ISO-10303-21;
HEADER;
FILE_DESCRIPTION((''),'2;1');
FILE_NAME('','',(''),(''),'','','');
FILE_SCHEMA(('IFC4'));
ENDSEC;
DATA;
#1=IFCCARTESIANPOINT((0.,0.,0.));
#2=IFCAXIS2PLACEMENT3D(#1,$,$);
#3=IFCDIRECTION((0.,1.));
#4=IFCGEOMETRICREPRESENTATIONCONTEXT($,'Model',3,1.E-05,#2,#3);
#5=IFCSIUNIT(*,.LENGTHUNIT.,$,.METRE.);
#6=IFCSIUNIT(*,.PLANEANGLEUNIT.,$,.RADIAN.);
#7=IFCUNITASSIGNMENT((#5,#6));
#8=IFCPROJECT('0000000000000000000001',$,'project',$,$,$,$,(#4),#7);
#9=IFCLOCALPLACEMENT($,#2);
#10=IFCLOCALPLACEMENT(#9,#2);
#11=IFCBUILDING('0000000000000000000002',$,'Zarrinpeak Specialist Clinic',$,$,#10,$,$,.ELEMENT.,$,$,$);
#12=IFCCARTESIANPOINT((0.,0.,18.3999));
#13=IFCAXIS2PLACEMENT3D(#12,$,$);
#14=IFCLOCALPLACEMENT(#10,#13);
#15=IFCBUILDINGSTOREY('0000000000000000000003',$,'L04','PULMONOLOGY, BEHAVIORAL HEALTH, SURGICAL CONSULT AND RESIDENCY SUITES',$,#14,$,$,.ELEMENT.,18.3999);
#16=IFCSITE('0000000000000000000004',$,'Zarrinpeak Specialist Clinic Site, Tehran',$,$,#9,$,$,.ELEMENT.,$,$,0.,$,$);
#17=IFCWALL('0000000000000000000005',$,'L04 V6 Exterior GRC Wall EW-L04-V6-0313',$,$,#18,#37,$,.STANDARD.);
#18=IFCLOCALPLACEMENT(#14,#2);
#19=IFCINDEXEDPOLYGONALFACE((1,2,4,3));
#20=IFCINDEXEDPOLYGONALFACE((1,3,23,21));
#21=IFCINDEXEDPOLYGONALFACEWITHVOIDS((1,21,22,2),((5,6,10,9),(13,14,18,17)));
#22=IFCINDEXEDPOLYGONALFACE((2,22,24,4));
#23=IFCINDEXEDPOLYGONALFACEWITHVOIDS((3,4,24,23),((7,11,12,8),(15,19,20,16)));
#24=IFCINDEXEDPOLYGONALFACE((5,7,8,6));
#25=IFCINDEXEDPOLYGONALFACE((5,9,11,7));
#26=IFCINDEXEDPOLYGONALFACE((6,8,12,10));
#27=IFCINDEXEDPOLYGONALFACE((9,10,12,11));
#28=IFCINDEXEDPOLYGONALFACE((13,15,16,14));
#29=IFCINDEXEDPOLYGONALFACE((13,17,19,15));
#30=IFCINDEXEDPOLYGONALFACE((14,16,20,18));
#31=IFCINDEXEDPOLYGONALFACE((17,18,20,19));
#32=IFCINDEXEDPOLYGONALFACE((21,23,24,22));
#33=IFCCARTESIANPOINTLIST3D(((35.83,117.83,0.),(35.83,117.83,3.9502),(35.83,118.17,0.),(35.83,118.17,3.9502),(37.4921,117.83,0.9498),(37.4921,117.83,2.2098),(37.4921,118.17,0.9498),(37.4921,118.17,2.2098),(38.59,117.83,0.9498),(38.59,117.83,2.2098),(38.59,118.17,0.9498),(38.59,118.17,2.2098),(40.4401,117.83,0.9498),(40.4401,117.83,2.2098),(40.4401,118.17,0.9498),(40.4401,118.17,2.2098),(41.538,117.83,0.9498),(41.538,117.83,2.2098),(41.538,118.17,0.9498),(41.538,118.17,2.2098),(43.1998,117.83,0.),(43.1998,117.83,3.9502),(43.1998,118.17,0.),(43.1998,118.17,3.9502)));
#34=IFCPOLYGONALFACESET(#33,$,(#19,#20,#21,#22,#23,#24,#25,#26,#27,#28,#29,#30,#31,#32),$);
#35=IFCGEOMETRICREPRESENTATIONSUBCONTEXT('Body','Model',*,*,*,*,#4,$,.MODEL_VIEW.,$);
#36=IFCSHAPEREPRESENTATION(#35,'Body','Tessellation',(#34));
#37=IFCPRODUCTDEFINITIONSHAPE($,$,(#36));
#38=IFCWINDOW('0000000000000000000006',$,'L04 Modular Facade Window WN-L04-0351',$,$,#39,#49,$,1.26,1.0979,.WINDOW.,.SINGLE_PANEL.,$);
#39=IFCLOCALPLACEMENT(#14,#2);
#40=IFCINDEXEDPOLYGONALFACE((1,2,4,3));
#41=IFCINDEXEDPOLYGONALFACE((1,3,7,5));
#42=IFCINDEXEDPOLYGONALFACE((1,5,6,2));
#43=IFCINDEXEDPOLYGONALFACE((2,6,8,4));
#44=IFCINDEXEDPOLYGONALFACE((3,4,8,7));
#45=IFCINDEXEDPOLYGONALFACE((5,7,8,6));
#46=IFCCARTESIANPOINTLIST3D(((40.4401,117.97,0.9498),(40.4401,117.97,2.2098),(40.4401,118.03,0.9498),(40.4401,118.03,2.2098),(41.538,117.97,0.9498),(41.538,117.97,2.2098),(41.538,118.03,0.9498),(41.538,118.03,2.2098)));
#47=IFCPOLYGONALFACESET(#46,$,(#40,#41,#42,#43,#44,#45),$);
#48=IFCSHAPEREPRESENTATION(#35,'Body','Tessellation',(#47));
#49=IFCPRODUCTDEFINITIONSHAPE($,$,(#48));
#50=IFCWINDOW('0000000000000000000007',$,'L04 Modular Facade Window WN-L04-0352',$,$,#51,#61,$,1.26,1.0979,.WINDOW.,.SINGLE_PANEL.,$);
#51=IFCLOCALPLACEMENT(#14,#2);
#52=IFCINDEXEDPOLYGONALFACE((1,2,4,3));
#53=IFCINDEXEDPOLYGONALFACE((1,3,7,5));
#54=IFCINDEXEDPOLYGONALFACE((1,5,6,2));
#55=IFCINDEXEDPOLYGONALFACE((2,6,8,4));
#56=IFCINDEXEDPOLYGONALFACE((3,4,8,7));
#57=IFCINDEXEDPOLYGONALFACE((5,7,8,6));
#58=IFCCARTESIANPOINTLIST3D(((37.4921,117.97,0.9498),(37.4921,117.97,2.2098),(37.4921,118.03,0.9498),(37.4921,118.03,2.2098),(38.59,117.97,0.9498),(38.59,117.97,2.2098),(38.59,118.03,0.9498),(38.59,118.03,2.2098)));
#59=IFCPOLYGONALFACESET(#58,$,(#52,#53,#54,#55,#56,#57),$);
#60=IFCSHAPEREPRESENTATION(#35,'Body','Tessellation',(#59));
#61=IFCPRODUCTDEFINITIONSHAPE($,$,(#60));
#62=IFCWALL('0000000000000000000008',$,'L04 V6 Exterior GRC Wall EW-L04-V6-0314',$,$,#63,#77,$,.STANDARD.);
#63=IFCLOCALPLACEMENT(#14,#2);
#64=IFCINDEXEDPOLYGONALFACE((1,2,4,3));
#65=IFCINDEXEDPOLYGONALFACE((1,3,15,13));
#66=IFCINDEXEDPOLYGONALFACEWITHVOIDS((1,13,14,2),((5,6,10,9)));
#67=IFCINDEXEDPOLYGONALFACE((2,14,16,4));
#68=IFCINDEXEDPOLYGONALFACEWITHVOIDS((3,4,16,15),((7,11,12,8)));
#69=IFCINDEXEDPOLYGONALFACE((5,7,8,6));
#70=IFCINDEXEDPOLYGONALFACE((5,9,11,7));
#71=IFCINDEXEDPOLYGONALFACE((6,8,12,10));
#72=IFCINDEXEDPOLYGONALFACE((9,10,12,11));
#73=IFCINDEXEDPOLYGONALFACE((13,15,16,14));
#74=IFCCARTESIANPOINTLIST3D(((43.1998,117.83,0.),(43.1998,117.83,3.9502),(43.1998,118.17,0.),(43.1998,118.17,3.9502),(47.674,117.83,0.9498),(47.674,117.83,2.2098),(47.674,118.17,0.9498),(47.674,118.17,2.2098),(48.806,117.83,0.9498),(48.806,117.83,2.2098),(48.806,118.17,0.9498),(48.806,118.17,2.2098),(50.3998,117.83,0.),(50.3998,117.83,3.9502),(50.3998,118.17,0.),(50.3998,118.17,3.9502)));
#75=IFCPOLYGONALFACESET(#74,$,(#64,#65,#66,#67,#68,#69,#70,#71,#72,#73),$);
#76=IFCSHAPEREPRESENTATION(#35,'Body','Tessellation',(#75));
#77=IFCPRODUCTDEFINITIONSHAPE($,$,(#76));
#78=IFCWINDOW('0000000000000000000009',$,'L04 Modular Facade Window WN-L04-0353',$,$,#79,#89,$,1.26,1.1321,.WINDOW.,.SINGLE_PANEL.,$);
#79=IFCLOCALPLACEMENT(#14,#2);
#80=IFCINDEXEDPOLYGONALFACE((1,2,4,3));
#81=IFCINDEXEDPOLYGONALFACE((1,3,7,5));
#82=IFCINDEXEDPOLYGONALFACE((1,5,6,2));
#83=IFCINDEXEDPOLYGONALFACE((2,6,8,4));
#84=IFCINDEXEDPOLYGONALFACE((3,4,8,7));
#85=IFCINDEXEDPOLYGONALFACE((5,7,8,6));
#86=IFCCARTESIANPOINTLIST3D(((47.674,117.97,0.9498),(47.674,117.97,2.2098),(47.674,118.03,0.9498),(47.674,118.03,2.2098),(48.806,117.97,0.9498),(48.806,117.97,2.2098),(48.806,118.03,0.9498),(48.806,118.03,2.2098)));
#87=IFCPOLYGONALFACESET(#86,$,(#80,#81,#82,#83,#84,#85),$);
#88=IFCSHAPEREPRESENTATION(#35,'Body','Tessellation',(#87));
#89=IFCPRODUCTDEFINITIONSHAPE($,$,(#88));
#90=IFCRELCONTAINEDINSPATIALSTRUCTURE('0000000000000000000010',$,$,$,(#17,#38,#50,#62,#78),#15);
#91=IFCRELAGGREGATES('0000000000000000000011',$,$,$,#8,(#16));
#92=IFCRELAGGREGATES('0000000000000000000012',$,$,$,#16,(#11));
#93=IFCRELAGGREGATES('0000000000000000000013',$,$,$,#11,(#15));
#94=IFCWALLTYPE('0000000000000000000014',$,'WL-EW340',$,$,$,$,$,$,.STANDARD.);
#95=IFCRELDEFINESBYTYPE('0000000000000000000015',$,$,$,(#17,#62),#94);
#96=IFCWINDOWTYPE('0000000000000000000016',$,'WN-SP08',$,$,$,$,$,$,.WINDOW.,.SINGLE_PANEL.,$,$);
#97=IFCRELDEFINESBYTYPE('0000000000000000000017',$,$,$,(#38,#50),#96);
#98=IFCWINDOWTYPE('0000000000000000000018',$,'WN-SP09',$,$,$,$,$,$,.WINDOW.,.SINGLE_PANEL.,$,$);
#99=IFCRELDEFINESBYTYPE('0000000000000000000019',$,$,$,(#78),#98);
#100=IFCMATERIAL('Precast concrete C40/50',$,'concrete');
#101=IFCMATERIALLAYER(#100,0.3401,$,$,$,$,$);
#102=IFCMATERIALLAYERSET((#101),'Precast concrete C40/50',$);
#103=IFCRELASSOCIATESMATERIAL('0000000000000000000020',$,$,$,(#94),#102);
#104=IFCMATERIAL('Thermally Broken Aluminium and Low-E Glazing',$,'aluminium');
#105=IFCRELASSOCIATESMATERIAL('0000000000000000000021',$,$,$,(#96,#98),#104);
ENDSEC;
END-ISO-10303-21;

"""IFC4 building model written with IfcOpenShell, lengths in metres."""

from ifc_helpers import new_model, si_unit, direction, frame, frame_2d, origin, place, context, subcontext, project, spatial, rectangle, extrude, material, layer, layer_set, type_object, element, fill, save


model = new_model("IFC4")

# Units and contexts
model_context = context("Model", 3, precision=1e-05, world=origin(), true_north=direction((0.0, 1.0)))
body_context = subcontext(model_context, "Body", "Model", "MODEL_VIEW")
ifc_project = project(units=[si_unit("LENGTHUNIT", "METRE"), si_unit("PLANEANGLEUNIT", "RADIAN")], contexts=[model_context])

# Site, building, storey
site_placement = place(None, origin())
site = spatial("IfcSite", under=ifc_project, at=site_placement, Name="Zarrinpeak Specialist Clinic Site, Tehran", CompositionType="ELEMENT", RefElevation=0.0)
building_placement = place(site_placement, origin())
building = spatial("IfcBuilding", under=site, at=building_placement, Name="Zarrinpeak Specialist Clinic", CompositionType="ELEMENT")
storey_placement = place(building_placement, frame((0.0, 0.0, 18.3999)))
storey = spatial("IfcBuildingStorey", under=building, at=storey_placement, Name="L04", Description="PULMONOLOGY, BEHAVIORAL HEALTH, SURGICAL CONSULT AND RESIDENCY SUITES", CompositionType="ELEMENT", Elevation=18.3999)

# Wall, openings, windows
ifc_material_1 = material(Name="Precast concrete C40/50", Category="concrete")
ifc_layer = layer(ifc_material_1, 0.3401)
ifc_layer_set = layer_set([ifc_layer], Name="Precast concrete C40/50")
wall_type = type_object("IfcWallType", Name="WL-EW340", PredefinedType="STANDARD", material=ifc_layer_set)
wall_1_placement = place(storey_placement, frame((43.2, 118.0, 0.0), z_axis=(0.0, 0.0, 1.0), x_axis=(-1.0, 0.0, 0.0)))
wall_1 = element("IfcWall", 1, at=wall_1_placement, inside=storey, type_object=wall_type, Name="L04 V6 Exterior GRC Wall EW-L04-V6-0313", PredefinedType="STANDARD", context=body_context, shape_type="SweptSolid", body=[
    extrude(rectangle(XDim=7.3699, YDim=0.3401, at=frame_2d((3.6851, 0.0))), origin(), (0.0, 0.0, 1.0), 3.9502),
])
opening_1_placement = place(wall_1_placement, frame((1.6621, 0.0, 0.95)))
opening_1 = element("IfcOpeningElement", 2, at=opening_1_placement, cuts=wall_1, PredefinedType="OPENING", context=body_context, shape_type="SweptSolid", body=[
    extrude(rectangle(XDim=1.0979, YDim=1.26, at=frame_2d((0.5488, 0.6299))), frame((0.0, 0.1802, 0.0), z_axis=(0.0, -1.0, 0.0), x_axis=(1.0, 0.0, 0.0)), (0.0, 0.0, 1.0), 0.3601),
])
opening_2_placement = place(wall_1_placement, frame((4.6101, 0.0, 0.95)))
opening_2 = element("IfcOpeningElement", 3, at=opening_2_placement, cuts=wall_1, PredefinedType="OPENING", context=body_context, shape_type="SweptSolid", body=[
    extrude(rectangle(XDim=1.0979, YDim=1.26, at=frame_2d((0.5488, 0.6299))), frame((0.0, 0.1802, 0.0), z_axis=(0.0, -1.0, 0.0), x_axis=(1.0, 0.0, 0.0)), (0.0, 0.0, 1.0), 0.3601),
])
ifc_material_2 = material(Name="Thermally Broken Aluminium and Low-E Glazing", Category="aluminium")
window_type_1 = type_object("IfcWindowType", Name="WN-SP08", PartitioningType="SINGLE_PANEL", PredefinedType="WINDOW", material=ifc_material_2)
window_1_placement = place(opening_1_placement, origin())
window_1 = element("IfcWindow", 4, at=window_1_placement, inside=storey, type_object=window_type_1, Name="L04 Modular Facade Window WN-L04-0351", OverallHeight=1.26, OverallWidth=1.0979, PartitioningType="SINGLE_PANEL", PredefinedType="WINDOW", context=body_context, shape_type="SweptSolid", body=[
    extrude(rectangle(XDim=1.0979, YDim=1.26, at=frame_2d((0.5488, 0.6299))), frame((0.0, 0.03, 0.0), z_axis=(0.0, -1.0, 0.0), x_axis=(1.0, 0.0, 0.0)), (0.0, 0.0, 1.0), 0.0601),
])
fill(opening_1, window_1)
window_2_placement = place(opening_2_placement, origin())
window_2 = element("IfcWindow", 5, at=window_2_placement, inside=storey, type_object=window_type_1, Name="L04 Modular Facade Window WN-L04-0352", OverallHeight=1.26, OverallWidth=1.0979, PartitioningType="SINGLE_PANEL", PredefinedType="WINDOW", context=body_context, shape_type="SweptSolid", body=[
    extrude(rectangle(XDim=1.0979, YDim=1.26, at=frame_2d((0.5488, 0.6299))), frame((0.0, 0.03, 0.0), z_axis=(0.0, -1.0, 0.0), x_axis=(1.0, 0.0, 0.0)), (0.0, 0.0, 1.0), 0.0601),
])
fill(opening_2, window_2)

# Wall, opening, window
wall_2_placement = place(storey_placement, frame((50.3999, 118.0, 0.0), z_axis=(0.0, 0.0, 1.0), x_axis=(-1.0, 0.0, 0.0)))
wall_2 = element("IfcWall", 6, at=wall_2_placement, inside=storey, type_object=wall_type, Name="L04 V6 Exterior GRC Wall EW-L04-V6-0314", PredefinedType="STANDARD", context=body_context, shape_type="SweptSolid", body=[
    extrude(rectangle(XDim=7.2, YDim=0.3401, at=frame_2d((3.6001, 0.0))), origin(), (0.0, 0.0, 1.0), 3.9502),
])
opening_3_placement = place(wall_2_placement, frame((1.594, 0.0, 0.95)))
opening_3 = element("IfcOpeningElement", 7, at=opening_3_placement, cuts=wall_2, PredefinedType="OPENING", context=body_context, shape_type="SweptSolid", body=[
    extrude(rectangle(XDim=1.1321, YDim=1.26, at=frame_2d((0.5659, 0.6299))), frame((0.0, 0.1802, 0.0), z_axis=(0.0, -1.0, 0.0), x_axis=(1.0, 0.0, 0.0)), (0.0, 0.0, 1.0), 0.3601),
])
window_type_2 = type_object("IfcWindowType", Name="WN-SP09", PartitioningType="SINGLE_PANEL", PredefinedType="WINDOW", material=ifc_material_2)
window_3_placement = place(opening_3_placement, origin())
window_3 = element("IfcWindow", 8, at=window_3_placement, inside=storey, type_object=window_type_2, Name="L04 Modular Facade Window WN-L04-0353", OverallHeight=1.26, OverallWidth=1.1321, PartitioningType="SINGLE_PANEL", PredefinedType="WINDOW", context=body_context, shape_type="SweptSolid", body=[
    extrude(rectangle(XDim=1.1321, YDim=1.26, at=frame_2d((0.5659, 0.6299))), frame((0.0, 0.03, 0.0), z_axis=(0.0, -1.0, 0.0), x_axis=(1.0, 0.0, 0.0)), (0.0, 0.0, 1.0), 0.0601),
])
fill(opening_3, window_3)

save(model, "model.ifc")
